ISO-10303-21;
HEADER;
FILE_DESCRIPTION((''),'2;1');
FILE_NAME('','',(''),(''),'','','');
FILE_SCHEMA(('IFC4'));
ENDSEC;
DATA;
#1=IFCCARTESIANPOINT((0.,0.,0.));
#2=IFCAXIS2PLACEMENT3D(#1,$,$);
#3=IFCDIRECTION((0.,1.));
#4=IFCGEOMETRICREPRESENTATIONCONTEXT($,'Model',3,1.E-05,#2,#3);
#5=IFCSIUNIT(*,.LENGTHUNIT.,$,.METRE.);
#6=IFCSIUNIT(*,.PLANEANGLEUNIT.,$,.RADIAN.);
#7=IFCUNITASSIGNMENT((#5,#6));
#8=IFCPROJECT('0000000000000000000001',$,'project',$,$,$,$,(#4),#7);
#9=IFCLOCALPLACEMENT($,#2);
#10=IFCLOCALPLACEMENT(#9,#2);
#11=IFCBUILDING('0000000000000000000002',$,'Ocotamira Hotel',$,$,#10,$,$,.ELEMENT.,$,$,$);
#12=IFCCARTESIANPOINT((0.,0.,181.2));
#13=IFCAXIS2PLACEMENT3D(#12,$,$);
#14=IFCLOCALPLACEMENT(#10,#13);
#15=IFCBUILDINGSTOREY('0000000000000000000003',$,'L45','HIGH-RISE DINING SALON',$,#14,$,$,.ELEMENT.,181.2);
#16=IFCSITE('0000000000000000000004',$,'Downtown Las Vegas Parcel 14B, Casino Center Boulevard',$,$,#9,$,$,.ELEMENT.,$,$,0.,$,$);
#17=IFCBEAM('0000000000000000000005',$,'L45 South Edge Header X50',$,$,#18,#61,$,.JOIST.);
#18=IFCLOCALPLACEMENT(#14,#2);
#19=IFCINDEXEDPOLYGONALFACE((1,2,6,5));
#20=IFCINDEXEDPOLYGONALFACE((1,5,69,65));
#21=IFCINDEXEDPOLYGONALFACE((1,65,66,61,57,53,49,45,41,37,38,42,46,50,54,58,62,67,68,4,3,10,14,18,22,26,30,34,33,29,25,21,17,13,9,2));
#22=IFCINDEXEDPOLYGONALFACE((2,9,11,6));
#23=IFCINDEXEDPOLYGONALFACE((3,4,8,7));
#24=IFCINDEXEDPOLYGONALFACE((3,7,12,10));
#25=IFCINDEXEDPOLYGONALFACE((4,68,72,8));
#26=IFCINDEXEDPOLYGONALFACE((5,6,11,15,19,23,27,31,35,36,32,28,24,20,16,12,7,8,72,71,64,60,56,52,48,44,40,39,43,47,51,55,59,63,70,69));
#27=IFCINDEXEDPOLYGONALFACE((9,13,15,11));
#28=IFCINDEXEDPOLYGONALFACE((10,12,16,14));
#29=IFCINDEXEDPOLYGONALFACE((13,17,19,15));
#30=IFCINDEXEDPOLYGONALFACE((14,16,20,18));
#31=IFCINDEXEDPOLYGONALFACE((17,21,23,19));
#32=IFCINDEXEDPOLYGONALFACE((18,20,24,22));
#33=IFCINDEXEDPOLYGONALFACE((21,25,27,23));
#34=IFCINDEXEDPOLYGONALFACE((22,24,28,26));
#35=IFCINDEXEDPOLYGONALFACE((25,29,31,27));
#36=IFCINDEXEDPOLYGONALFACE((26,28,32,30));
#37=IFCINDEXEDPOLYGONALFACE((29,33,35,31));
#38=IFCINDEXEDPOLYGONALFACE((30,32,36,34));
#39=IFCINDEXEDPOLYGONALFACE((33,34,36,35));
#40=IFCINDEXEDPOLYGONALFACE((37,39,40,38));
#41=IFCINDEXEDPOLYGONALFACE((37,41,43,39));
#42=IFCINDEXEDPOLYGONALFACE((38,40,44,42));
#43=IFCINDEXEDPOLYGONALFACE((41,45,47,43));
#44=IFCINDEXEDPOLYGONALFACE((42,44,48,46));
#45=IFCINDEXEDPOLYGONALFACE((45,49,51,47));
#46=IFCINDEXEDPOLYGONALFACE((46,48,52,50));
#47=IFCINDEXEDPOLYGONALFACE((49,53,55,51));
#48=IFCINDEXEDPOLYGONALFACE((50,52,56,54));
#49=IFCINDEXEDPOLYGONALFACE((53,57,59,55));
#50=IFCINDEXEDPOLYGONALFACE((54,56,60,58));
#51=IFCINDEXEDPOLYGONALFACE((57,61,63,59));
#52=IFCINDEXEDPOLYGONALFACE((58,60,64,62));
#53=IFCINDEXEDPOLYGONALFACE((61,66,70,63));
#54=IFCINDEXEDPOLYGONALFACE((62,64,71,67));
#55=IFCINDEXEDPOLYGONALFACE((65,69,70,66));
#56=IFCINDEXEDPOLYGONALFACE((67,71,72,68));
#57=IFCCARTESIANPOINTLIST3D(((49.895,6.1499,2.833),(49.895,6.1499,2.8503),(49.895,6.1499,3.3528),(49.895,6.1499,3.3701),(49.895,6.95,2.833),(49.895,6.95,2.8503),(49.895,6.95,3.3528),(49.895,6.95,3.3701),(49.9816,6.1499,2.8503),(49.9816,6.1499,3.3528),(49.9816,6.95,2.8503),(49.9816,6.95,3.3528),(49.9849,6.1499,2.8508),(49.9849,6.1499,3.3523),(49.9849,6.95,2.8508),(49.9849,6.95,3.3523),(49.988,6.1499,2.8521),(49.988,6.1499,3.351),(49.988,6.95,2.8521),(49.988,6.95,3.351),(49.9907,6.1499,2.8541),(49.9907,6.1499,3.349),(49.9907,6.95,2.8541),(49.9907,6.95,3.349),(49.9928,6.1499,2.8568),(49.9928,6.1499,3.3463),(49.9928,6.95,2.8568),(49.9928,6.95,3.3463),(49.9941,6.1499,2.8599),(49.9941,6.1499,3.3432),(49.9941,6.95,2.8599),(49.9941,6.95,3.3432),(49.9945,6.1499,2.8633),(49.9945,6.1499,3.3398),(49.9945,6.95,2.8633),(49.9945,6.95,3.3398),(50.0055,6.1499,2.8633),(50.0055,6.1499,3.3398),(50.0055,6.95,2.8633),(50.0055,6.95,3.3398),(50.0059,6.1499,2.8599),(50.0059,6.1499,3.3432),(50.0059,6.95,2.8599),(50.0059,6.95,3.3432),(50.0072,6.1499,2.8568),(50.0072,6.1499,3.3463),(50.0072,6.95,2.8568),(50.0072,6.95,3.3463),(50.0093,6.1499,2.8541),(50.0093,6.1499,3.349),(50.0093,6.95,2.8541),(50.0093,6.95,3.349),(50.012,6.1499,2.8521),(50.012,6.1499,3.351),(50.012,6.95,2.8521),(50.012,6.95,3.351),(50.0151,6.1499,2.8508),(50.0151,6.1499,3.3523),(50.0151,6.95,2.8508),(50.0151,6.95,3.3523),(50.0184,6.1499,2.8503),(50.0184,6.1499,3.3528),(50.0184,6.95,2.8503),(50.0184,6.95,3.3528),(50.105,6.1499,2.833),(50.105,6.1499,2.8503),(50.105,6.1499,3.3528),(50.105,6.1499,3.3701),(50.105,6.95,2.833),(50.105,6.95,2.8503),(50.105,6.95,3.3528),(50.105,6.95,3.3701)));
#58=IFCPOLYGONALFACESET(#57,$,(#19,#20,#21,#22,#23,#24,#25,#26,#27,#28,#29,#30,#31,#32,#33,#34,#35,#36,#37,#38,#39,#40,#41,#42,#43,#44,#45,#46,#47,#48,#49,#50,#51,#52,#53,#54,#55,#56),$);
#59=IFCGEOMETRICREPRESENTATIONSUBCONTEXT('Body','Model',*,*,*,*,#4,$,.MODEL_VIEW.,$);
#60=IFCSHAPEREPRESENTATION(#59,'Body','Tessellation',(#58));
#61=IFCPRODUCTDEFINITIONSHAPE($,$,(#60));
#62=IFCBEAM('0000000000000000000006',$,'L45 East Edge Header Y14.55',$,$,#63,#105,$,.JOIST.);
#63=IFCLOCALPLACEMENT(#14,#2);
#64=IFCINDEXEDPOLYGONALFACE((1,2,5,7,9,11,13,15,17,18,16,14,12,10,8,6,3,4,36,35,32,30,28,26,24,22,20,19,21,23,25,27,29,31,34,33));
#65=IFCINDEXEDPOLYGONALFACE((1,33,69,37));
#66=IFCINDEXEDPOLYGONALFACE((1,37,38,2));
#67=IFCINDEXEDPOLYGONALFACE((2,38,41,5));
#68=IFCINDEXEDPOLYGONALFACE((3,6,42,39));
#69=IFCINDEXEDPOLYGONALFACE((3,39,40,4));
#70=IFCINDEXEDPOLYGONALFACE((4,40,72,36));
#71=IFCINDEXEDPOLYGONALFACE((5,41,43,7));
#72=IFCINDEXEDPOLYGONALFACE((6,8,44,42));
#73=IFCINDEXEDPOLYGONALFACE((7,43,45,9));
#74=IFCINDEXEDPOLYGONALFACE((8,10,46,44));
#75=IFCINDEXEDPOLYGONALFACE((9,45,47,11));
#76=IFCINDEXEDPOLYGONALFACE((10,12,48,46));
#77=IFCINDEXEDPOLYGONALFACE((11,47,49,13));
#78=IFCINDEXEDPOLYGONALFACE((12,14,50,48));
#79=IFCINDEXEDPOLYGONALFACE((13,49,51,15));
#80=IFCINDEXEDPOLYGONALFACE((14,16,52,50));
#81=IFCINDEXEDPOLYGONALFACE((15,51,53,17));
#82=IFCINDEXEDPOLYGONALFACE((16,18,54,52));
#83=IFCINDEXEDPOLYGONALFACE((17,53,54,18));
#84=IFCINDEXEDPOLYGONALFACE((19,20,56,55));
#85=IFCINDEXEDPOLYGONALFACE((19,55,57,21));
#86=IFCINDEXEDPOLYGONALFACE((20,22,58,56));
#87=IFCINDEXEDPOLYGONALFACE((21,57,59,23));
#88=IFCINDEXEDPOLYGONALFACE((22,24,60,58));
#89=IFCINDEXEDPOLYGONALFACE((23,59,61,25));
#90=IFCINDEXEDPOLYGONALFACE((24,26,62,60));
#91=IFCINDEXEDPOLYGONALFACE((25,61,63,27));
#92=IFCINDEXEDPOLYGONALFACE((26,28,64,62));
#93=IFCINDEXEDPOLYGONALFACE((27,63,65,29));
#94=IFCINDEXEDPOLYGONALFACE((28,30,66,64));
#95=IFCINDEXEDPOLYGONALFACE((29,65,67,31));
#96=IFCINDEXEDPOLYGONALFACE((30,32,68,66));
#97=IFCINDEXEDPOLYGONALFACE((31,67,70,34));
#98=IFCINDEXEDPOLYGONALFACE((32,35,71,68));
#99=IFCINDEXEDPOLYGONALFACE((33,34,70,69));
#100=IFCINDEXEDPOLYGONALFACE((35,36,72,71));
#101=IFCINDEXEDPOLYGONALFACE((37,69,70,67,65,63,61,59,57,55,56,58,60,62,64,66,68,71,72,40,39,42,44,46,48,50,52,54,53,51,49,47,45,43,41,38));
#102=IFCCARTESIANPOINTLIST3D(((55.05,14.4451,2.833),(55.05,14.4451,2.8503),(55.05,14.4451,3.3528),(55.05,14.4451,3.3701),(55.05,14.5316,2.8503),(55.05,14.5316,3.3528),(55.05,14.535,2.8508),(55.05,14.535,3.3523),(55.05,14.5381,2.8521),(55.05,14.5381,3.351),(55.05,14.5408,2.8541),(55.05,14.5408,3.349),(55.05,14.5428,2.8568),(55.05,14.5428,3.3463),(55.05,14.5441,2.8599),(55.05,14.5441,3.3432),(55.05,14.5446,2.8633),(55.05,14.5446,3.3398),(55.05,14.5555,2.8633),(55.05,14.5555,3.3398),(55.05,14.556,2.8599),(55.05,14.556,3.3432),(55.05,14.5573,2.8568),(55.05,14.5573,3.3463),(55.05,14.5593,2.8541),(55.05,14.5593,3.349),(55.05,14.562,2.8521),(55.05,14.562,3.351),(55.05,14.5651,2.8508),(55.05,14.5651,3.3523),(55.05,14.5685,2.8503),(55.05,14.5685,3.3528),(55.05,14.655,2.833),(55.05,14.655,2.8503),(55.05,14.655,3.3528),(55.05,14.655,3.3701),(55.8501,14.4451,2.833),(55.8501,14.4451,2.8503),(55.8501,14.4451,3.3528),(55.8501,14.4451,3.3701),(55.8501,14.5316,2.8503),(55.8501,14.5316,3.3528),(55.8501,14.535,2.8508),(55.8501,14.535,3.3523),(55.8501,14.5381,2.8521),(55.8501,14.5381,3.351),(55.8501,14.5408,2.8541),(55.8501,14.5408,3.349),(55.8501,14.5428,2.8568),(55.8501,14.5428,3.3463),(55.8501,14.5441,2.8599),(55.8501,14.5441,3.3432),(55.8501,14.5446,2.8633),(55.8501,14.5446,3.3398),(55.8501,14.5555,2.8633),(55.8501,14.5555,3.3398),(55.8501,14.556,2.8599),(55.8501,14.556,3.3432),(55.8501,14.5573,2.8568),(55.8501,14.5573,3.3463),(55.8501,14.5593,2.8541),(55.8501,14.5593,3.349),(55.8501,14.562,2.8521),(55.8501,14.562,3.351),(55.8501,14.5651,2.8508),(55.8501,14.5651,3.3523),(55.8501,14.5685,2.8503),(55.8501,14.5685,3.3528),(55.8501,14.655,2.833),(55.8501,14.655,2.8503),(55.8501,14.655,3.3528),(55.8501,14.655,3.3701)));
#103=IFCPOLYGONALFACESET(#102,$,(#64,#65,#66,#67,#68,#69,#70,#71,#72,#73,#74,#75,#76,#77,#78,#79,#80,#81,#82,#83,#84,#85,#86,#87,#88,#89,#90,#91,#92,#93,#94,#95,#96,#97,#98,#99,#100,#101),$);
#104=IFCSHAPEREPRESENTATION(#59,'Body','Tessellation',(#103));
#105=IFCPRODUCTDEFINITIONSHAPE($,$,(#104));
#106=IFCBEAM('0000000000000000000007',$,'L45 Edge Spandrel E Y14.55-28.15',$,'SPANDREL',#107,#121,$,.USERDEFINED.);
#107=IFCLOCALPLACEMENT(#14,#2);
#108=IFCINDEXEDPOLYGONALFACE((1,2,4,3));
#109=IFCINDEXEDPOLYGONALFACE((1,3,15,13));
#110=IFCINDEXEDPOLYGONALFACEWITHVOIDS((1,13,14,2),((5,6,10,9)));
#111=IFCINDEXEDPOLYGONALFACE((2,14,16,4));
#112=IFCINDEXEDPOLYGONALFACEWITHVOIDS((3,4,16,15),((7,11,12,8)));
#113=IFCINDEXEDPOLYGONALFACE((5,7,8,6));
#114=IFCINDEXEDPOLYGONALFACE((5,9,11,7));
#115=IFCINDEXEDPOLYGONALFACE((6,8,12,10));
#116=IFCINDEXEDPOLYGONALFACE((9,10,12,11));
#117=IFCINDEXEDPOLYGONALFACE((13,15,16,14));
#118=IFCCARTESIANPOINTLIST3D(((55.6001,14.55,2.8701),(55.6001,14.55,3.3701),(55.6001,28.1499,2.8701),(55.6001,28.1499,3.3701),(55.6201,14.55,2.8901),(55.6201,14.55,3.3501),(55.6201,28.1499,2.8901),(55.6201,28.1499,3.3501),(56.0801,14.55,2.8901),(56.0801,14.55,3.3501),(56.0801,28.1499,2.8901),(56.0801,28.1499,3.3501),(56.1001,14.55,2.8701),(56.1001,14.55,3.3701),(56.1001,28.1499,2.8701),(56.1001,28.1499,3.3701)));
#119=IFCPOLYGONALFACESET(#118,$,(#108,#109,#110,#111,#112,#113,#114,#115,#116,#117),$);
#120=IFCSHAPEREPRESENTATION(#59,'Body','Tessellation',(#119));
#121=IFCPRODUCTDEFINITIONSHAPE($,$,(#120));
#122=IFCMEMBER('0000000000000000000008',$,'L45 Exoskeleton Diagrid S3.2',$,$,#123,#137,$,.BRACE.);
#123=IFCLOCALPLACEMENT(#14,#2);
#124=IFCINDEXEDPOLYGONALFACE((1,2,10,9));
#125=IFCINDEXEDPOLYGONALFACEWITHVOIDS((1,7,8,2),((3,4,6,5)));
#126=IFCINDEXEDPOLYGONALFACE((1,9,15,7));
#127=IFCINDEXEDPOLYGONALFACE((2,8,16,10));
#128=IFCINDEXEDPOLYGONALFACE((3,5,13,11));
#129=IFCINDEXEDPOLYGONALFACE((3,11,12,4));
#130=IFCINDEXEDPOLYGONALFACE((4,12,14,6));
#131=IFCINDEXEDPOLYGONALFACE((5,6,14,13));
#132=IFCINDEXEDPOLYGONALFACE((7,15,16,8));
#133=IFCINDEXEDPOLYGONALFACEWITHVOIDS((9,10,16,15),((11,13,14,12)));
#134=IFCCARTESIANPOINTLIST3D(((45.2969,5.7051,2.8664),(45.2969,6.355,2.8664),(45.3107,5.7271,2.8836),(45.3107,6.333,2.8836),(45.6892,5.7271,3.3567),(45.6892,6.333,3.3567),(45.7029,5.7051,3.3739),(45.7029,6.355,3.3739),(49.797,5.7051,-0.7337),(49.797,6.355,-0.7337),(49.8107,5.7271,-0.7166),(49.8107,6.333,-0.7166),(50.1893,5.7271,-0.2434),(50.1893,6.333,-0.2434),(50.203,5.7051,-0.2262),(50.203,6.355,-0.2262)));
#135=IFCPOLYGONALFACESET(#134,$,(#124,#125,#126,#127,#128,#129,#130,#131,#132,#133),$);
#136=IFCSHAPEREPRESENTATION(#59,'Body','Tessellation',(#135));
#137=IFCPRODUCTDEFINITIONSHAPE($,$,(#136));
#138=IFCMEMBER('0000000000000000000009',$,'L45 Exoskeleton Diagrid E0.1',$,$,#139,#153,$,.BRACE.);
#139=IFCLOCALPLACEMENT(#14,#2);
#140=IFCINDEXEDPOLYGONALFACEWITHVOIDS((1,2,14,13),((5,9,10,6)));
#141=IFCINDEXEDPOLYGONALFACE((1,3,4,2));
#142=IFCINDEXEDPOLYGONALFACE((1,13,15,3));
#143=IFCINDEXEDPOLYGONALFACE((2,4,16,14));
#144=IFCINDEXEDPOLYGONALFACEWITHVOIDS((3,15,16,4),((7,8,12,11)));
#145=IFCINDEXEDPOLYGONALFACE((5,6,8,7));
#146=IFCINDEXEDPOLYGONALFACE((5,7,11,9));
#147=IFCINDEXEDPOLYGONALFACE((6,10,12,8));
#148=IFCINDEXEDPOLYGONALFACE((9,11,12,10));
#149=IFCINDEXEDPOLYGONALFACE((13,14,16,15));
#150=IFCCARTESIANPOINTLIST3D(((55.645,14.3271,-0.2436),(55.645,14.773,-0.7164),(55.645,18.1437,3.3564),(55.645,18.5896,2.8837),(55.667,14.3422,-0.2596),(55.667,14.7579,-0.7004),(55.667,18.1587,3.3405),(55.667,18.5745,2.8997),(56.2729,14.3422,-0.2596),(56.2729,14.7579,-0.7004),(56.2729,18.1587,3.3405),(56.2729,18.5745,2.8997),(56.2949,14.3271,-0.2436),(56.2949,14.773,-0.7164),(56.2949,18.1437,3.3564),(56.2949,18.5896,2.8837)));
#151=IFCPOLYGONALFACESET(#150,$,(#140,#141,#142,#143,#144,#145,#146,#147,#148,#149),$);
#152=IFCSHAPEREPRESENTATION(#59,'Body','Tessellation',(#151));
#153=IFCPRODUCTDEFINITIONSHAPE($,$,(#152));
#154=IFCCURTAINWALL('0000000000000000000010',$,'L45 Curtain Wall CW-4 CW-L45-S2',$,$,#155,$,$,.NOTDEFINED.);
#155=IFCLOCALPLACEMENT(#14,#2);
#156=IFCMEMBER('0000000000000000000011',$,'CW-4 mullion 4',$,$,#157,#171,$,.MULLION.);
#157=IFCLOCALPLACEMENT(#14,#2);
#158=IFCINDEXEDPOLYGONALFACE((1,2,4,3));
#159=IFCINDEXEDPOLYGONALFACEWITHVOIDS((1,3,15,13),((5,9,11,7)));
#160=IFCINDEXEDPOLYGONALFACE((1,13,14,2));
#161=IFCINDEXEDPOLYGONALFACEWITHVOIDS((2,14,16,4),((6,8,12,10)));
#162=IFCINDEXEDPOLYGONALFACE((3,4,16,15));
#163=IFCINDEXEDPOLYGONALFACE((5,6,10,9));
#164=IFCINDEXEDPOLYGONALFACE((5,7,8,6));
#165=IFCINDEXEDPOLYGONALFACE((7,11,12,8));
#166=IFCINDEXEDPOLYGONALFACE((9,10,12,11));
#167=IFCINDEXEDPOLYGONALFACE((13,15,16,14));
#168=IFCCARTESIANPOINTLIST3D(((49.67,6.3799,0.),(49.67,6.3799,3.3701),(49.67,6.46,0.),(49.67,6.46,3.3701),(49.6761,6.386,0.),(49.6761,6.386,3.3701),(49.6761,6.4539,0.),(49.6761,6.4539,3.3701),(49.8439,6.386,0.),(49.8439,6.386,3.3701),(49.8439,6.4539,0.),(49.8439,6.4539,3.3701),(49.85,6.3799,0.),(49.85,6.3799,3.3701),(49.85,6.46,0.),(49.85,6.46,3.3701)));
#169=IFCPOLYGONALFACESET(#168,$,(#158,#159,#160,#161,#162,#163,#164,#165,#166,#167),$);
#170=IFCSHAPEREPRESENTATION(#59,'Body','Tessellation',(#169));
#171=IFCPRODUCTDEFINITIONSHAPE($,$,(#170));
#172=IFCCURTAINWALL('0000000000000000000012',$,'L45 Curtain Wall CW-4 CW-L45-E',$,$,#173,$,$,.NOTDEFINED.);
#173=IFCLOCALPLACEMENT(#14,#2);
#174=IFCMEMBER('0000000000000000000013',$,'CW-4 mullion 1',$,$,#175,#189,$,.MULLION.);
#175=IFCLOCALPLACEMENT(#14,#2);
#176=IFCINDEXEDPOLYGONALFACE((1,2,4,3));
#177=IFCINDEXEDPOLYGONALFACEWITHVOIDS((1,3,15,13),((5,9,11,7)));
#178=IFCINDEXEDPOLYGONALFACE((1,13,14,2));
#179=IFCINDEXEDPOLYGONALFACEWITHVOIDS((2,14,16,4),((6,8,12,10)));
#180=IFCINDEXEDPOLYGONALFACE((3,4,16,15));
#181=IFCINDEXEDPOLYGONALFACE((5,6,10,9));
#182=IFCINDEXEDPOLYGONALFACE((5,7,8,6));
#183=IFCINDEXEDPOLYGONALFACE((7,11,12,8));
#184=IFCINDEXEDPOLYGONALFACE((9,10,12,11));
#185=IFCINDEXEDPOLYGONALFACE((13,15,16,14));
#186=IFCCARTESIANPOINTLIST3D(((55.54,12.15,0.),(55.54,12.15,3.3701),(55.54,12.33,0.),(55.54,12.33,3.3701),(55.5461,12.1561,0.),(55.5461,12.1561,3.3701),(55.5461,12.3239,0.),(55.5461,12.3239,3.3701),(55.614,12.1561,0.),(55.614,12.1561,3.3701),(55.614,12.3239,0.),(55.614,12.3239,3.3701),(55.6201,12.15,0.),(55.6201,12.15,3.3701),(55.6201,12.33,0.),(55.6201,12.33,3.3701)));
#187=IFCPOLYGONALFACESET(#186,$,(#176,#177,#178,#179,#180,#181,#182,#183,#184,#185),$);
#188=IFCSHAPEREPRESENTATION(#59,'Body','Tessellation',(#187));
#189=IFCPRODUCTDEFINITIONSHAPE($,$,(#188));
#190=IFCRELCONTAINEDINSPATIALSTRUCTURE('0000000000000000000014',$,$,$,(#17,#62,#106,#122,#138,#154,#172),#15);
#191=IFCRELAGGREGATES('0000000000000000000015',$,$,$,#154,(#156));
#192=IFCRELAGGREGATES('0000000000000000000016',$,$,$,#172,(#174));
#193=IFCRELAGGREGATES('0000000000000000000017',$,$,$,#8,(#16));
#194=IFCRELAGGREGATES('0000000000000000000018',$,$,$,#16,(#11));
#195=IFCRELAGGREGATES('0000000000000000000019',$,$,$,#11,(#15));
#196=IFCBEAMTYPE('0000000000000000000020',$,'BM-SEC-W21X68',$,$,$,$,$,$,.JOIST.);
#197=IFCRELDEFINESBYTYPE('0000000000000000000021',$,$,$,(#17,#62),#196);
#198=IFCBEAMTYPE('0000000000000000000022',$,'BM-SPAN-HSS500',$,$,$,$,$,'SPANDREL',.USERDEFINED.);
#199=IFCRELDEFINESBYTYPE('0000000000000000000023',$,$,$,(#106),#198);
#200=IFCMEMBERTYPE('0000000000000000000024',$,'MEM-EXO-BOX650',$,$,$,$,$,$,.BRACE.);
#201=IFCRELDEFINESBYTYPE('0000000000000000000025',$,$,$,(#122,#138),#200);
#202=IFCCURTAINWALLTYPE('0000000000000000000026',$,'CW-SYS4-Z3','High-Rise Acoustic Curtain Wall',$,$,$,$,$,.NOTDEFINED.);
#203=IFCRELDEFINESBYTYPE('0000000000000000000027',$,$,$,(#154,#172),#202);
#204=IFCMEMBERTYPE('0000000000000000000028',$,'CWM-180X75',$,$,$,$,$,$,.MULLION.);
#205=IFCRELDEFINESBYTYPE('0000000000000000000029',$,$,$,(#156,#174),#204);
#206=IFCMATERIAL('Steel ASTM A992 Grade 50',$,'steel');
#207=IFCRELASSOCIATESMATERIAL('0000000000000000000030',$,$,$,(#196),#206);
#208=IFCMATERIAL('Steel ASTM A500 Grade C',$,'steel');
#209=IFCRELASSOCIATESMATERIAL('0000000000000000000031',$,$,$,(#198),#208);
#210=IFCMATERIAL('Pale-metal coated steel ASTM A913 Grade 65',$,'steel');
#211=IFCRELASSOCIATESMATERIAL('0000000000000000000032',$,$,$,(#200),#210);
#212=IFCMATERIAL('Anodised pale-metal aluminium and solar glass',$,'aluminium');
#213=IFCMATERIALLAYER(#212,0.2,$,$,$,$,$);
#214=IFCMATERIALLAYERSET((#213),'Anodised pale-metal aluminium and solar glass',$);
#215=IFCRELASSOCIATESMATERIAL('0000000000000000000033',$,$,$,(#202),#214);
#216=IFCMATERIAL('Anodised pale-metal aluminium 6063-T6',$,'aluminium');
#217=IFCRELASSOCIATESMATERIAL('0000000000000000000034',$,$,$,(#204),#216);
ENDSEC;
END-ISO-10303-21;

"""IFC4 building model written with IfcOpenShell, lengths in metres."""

from ifc_helpers import new_model, si_unit, direction, frame, origin, origin_2d, place, context, subcontext, project, spatial, hollow_rectangle, i_section, extrude, source, transform, mapped, material, layer, layer_set, material_profile, profile_set, type_object, element, aggregate, save


model = new_model("IFC4")

# Units and contexts
model_context = context("Model", 3, precision=1e-05, world=origin(), true_north=direction((0.0, 1.0)))
body_context = subcontext(model_context, "Body", "Model", "MODEL_VIEW")
ifc_project = project(units=[si_unit("LENGTHUNIT", "METRE"), si_unit("PLANEANGLEUNIT", "RADIAN")], contexts=[model_context])

# Site, building, storey
site_placement = place(None, origin())
site = spatial("IfcSite", under=ifc_project, at=site_placement, Name="Downtown Las Vegas Parcel 14B, Casino Center Boulevard", CompositionType="ELEMENT", RefElevation=0.0)
building_placement = place(site_placement, origin())
building = spatial("IfcBuilding", under=site, at=building_placement, Name="Ocotamira Hotel", CompositionType="ELEMENT")
storey_placement = place(building_placement, frame((0.0, 0.0, 181.2)))
storey = spatial("IfcBuildingStorey", under=building, at=storey_placement, Name="L45", Description="HIGH-RISE DINING SALON", CompositionType="ELEMENT", Elevation=181.2)

# Beams
ifc_material_1 = material(Name="Steel ASTM A992 Grade 50", Category="steel")
ifc_material_profile_1 = material_profile(ifc_material_1, i_section(OverallWidth=0.21, OverallDepth=0.5371, WebThickness=0.011, FlangeThickness=0.0173, FilletRadius=0.0129, at=origin_2d()), Name="W21X68")
ifc_profile_set_1 = profile_set([ifc_material_profile_1], Name="Steel ASTM A992 Grade 50")
beam_type_1 = type_object("IfcBeamType", Name="BM-SEC-W21X68", PredefinedType="JOIST", material=ifc_profile_set_1)
shared_shape_1 = source(origin(), body_context, "Body", "SweptSolid", [
    extrude(i_section(OverallWidth=0.21, OverallDepth=0.5371, WebThickness=0.011, FlangeThickness=0.0173, FilletRadius=0.0129, at=origin_2d()), origin(), (0.0, 0.0, 1.0), 0.8),
])
for number, where, z_axis, x_axis, name in (
    (1, (50.0, 6.95, 3.1016), (0.0, -1.0, 0.0), (1.0, 0.0, 0.0), "L45 South Edge Header X50"),
    (2, (55.05, 14.55, 3.1016), (1.0, 0.0, 0.0), (0.0, 1.0, 0.0), "L45 East Edge Header Y14.55"),
):
    element("IfcBeam", number, at=place(storey_placement, frame(where, z_axis=z_axis, x_axis=x_axis)), inside=storey, type_object=beam_type_1, Name=name, PredefinedType="JOIST", context=body_context, shape_type="MappedRepresentation", body=[
        mapped(shared_shape_1, transform((0.0, 0.0, 0.0), scale=1.0)),
    ])
ifc_material_2 = material(Name="Steel ASTM A500 Grade C", Category="steel")
ifc_material_profile_2 = material_profile(ifc_material_2, hollow_rectangle(XDim=0.5, YDim=0.5, WallThickness=0.02, at=origin_2d()), Name="HSS500X500X20")
ifc_profile_set_2 = profile_set([ifc_material_profile_2], Name="Steel ASTM A500 Grade C")
beam_type_2 = type_object("IfcBeamType", Name="BM-SPAN-HSS500", ElementType="SPANDREL", PredefinedType="USERDEFINED", material=ifc_profile_set_2)
shared_shape_2 = source(origin(), body_context, "Body", "SweptSolid", [
    extrude(hollow_rectangle(XDim=0.5, YDim=0.5, WallThickness=0.02, at=origin_2d()), origin(), (0.0, 0.0, 1.0), 13.5999),
])
beam_1_placement = place(storey_placement, frame((55.8501, 14.55, 3.1201), z_axis=(0.0, 1.0, 0.0), x_axis=(-1.0, 0.0, 0.0)))
element("IfcBeam", 3, at=beam_1_placement, inside=storey, type_object=beam_type_2, Name="L45 Edge Spandrel E Y14.55-28.15", ObjectType="SPANDREL", PredefinedType="USERDEFINED", context=body_context, shape_type="MappedRepresentation", body=[
    mapped(shared_shape_2, transform((0.0, 0.0, 0.0), scale=1.0)),
])

# Members
ifc_material_3 = material(Name="Pale-metal coated steel ASTM A913 Grade 65", Category="steel")
ifc_material_profile_3 = material_profile(ifc_material_3, hollow_rectangle(XDim=0.6499, YDim=0.6499, WallThickness=0.022, at=origin_2d()), Name="BOX650X650X22")
ifc_profile_set_3 = profile_set([ifc_material_profile_3], Name="Pale-metal coated steel ASTM A913 Grade 65")
member_type_1 = type_object("IfcMemberType", Name="MEM-EXO-BOX650", PredefinedType="BRACE", material=ifc_profile_set_3)
shared_shape_3 = source(origin(), body_context, "Body", "SweptSolid", [
    extrude(hollow_rectangle(XDim=0.6499, YDim=0.6499, WallThickness=0.022, at=origin_2d()), origin(), (0.0, 0.0, 1.0), 5.7629),
])
member_1_placement = place(storey_placement, frame((50.0, 6.03, -0.48), z_axis=(-0.780861, 0.0, 0.624705), x_axis=(0.0, -1.0, 0.0)))
element("IfcMember", 4, at=member_1_placement, inside=storey, type_object=member_type_1, Name="L45 Exoskeleton Diagrid S3.2", PredefinedType="BRACE", context=body_context, shape_type="MappedRepresentation", body=[
    mapped(shared_shape_3, transform((0.0, 0.0, 0.0), scale=1.0)),
])
shared_shape_4 = source(origin(), body_context, "Body", "SweptSolid", [
    extrude(hollow_rectangle(XDim=0.6499, YDim=0.6499, WallThickness=0.022, at=origin_2d()), origin(), (0.0, 0.0, 1.0), 5.2466),
])
member_2_placement = place(storey_placement, frame((55.97, 14.55, -0.48), z_axis=(0.0, 0.727443, 0.686168), x_axis=(-1.0, 0.0, 0.0)))
element("IfcMember", 5, at=member_2_placement, inside=storey, type_object=member_type_1, Name="L45 Exoskeleton Diagrid E0.1", PredefinedType="BRACE", context=body_context, shape_type="MappedRepresentation", body=[
    mapped(shared_shape_4, transform((0.0, 0.0, 0.0), scale=1.0)),
])

# Curtain wall, member
ifc_material_4 = material(Name="Anodised pale-metal aluminium and solar glass", Category="aluminium")
ifc_layer_1 = layer(ifc_material_4, 0.2)
ifc_layer_set_1 = layer_set([ifc_layer_1], Name="Anodised pale-metal aluminium and solar glass")
curtain_wall_type = type_object("IfcCurtainWallType", Name="CW-SYS4-Z3", Description="High-Rise Acoustic Curtain Wall", PredefinedType="NOTDEFINED", material=ifc_layer_set_1)
curtain_wall_1_placement = place(storey_placement, origin())
curtain_wall_1 = element("IfcCurtainWall", 6, at=curtain_wall_1_placement, inside=storey, type_object=curtain_wall_type, Name="L45 Curtain Wall CW-4 CW-L45-S2", PredefinedType="NOTDEFINED")
ifc_material_5 = material(Name="Anodised pale-metal aluminium 6063-T6", Category="aluminium")
ifc_material_profile_4 = material_profile(ifc_material_5, hollow_rectangle(XDim=0.0801, YDim=0.1799, WallThickness=0.0061, at=origin_2d()), Name="HSS180X80X6")
ifc_profile_set_4 = profile_set([ifc_material_profile_4], Name="Anodised pale-metal aluminium 6063-T6")
member_type_2 = type_object("IfcMemberType", Name="CWM-180X75", PredefinedType="MULLION", material=ifc_profile_set_4)
shared_shape_5 = source(origin(), body_context, "Body", "SweptSolid", [
    extrude(hollow_rectangle(XDim=0.0801, YDim=0.1799, WallThickness=0.0061, at=origin_2d()), origin(), (0.0, 0.0, 1.0), 3.3701),
])
member_3_placement = place(storey_placement, frame((49.76, 6.4199, 0.0), z_axis=(0.0, 0.0, 1.0), x_axis=(0.0, 1.0, 0.0)))
member_3 = element("IfcMember", 7, at=member_3_placement, type_object=member_type_2, Name="CW-4 mullion 4", PredefinedType="MULLION", context=body_context, shape_type="MappedRepresentation", body=[
    mapped(shared_shape_5, transform((0.0, 0.0, 0.0), scale=1.0)),
])

# Curtain wall, member
curtain_wall_2_placement = place(storey_placement, origin())
curtain_wall_2 = element("IfcCurtainWall", 8, at=curtain_wall_2_placement, inside=storey, type_object=curtain_wall_type, Name="L45 Curtain Wall CW-4 CW-L45-E", PredefinedType="NOTDEFINED")
member_4_placement = place(storey_placement, frame((55.5801, 12.24, 0.0), z_axis=(0.0, 0.0, 1.0), x_axis=(-1.0, 0.0, 0.0)))
member_4 = element("IfcMember", 9, at=member_4_placement, type_object=member_type_2, Name="CW-4 mullion 1", PredefinedType="MULLION", context=body_context, shape_type="MappedRepresentation", body=[
    mapped(shared_shape_5, transform((0.0, 0.0, 0.0), scale=1.0)),
])

aggregate(curtain_wall_1, [member_3])
aggregate(curtain_wall_2, [member_4])

save(model, "model.ifc")
